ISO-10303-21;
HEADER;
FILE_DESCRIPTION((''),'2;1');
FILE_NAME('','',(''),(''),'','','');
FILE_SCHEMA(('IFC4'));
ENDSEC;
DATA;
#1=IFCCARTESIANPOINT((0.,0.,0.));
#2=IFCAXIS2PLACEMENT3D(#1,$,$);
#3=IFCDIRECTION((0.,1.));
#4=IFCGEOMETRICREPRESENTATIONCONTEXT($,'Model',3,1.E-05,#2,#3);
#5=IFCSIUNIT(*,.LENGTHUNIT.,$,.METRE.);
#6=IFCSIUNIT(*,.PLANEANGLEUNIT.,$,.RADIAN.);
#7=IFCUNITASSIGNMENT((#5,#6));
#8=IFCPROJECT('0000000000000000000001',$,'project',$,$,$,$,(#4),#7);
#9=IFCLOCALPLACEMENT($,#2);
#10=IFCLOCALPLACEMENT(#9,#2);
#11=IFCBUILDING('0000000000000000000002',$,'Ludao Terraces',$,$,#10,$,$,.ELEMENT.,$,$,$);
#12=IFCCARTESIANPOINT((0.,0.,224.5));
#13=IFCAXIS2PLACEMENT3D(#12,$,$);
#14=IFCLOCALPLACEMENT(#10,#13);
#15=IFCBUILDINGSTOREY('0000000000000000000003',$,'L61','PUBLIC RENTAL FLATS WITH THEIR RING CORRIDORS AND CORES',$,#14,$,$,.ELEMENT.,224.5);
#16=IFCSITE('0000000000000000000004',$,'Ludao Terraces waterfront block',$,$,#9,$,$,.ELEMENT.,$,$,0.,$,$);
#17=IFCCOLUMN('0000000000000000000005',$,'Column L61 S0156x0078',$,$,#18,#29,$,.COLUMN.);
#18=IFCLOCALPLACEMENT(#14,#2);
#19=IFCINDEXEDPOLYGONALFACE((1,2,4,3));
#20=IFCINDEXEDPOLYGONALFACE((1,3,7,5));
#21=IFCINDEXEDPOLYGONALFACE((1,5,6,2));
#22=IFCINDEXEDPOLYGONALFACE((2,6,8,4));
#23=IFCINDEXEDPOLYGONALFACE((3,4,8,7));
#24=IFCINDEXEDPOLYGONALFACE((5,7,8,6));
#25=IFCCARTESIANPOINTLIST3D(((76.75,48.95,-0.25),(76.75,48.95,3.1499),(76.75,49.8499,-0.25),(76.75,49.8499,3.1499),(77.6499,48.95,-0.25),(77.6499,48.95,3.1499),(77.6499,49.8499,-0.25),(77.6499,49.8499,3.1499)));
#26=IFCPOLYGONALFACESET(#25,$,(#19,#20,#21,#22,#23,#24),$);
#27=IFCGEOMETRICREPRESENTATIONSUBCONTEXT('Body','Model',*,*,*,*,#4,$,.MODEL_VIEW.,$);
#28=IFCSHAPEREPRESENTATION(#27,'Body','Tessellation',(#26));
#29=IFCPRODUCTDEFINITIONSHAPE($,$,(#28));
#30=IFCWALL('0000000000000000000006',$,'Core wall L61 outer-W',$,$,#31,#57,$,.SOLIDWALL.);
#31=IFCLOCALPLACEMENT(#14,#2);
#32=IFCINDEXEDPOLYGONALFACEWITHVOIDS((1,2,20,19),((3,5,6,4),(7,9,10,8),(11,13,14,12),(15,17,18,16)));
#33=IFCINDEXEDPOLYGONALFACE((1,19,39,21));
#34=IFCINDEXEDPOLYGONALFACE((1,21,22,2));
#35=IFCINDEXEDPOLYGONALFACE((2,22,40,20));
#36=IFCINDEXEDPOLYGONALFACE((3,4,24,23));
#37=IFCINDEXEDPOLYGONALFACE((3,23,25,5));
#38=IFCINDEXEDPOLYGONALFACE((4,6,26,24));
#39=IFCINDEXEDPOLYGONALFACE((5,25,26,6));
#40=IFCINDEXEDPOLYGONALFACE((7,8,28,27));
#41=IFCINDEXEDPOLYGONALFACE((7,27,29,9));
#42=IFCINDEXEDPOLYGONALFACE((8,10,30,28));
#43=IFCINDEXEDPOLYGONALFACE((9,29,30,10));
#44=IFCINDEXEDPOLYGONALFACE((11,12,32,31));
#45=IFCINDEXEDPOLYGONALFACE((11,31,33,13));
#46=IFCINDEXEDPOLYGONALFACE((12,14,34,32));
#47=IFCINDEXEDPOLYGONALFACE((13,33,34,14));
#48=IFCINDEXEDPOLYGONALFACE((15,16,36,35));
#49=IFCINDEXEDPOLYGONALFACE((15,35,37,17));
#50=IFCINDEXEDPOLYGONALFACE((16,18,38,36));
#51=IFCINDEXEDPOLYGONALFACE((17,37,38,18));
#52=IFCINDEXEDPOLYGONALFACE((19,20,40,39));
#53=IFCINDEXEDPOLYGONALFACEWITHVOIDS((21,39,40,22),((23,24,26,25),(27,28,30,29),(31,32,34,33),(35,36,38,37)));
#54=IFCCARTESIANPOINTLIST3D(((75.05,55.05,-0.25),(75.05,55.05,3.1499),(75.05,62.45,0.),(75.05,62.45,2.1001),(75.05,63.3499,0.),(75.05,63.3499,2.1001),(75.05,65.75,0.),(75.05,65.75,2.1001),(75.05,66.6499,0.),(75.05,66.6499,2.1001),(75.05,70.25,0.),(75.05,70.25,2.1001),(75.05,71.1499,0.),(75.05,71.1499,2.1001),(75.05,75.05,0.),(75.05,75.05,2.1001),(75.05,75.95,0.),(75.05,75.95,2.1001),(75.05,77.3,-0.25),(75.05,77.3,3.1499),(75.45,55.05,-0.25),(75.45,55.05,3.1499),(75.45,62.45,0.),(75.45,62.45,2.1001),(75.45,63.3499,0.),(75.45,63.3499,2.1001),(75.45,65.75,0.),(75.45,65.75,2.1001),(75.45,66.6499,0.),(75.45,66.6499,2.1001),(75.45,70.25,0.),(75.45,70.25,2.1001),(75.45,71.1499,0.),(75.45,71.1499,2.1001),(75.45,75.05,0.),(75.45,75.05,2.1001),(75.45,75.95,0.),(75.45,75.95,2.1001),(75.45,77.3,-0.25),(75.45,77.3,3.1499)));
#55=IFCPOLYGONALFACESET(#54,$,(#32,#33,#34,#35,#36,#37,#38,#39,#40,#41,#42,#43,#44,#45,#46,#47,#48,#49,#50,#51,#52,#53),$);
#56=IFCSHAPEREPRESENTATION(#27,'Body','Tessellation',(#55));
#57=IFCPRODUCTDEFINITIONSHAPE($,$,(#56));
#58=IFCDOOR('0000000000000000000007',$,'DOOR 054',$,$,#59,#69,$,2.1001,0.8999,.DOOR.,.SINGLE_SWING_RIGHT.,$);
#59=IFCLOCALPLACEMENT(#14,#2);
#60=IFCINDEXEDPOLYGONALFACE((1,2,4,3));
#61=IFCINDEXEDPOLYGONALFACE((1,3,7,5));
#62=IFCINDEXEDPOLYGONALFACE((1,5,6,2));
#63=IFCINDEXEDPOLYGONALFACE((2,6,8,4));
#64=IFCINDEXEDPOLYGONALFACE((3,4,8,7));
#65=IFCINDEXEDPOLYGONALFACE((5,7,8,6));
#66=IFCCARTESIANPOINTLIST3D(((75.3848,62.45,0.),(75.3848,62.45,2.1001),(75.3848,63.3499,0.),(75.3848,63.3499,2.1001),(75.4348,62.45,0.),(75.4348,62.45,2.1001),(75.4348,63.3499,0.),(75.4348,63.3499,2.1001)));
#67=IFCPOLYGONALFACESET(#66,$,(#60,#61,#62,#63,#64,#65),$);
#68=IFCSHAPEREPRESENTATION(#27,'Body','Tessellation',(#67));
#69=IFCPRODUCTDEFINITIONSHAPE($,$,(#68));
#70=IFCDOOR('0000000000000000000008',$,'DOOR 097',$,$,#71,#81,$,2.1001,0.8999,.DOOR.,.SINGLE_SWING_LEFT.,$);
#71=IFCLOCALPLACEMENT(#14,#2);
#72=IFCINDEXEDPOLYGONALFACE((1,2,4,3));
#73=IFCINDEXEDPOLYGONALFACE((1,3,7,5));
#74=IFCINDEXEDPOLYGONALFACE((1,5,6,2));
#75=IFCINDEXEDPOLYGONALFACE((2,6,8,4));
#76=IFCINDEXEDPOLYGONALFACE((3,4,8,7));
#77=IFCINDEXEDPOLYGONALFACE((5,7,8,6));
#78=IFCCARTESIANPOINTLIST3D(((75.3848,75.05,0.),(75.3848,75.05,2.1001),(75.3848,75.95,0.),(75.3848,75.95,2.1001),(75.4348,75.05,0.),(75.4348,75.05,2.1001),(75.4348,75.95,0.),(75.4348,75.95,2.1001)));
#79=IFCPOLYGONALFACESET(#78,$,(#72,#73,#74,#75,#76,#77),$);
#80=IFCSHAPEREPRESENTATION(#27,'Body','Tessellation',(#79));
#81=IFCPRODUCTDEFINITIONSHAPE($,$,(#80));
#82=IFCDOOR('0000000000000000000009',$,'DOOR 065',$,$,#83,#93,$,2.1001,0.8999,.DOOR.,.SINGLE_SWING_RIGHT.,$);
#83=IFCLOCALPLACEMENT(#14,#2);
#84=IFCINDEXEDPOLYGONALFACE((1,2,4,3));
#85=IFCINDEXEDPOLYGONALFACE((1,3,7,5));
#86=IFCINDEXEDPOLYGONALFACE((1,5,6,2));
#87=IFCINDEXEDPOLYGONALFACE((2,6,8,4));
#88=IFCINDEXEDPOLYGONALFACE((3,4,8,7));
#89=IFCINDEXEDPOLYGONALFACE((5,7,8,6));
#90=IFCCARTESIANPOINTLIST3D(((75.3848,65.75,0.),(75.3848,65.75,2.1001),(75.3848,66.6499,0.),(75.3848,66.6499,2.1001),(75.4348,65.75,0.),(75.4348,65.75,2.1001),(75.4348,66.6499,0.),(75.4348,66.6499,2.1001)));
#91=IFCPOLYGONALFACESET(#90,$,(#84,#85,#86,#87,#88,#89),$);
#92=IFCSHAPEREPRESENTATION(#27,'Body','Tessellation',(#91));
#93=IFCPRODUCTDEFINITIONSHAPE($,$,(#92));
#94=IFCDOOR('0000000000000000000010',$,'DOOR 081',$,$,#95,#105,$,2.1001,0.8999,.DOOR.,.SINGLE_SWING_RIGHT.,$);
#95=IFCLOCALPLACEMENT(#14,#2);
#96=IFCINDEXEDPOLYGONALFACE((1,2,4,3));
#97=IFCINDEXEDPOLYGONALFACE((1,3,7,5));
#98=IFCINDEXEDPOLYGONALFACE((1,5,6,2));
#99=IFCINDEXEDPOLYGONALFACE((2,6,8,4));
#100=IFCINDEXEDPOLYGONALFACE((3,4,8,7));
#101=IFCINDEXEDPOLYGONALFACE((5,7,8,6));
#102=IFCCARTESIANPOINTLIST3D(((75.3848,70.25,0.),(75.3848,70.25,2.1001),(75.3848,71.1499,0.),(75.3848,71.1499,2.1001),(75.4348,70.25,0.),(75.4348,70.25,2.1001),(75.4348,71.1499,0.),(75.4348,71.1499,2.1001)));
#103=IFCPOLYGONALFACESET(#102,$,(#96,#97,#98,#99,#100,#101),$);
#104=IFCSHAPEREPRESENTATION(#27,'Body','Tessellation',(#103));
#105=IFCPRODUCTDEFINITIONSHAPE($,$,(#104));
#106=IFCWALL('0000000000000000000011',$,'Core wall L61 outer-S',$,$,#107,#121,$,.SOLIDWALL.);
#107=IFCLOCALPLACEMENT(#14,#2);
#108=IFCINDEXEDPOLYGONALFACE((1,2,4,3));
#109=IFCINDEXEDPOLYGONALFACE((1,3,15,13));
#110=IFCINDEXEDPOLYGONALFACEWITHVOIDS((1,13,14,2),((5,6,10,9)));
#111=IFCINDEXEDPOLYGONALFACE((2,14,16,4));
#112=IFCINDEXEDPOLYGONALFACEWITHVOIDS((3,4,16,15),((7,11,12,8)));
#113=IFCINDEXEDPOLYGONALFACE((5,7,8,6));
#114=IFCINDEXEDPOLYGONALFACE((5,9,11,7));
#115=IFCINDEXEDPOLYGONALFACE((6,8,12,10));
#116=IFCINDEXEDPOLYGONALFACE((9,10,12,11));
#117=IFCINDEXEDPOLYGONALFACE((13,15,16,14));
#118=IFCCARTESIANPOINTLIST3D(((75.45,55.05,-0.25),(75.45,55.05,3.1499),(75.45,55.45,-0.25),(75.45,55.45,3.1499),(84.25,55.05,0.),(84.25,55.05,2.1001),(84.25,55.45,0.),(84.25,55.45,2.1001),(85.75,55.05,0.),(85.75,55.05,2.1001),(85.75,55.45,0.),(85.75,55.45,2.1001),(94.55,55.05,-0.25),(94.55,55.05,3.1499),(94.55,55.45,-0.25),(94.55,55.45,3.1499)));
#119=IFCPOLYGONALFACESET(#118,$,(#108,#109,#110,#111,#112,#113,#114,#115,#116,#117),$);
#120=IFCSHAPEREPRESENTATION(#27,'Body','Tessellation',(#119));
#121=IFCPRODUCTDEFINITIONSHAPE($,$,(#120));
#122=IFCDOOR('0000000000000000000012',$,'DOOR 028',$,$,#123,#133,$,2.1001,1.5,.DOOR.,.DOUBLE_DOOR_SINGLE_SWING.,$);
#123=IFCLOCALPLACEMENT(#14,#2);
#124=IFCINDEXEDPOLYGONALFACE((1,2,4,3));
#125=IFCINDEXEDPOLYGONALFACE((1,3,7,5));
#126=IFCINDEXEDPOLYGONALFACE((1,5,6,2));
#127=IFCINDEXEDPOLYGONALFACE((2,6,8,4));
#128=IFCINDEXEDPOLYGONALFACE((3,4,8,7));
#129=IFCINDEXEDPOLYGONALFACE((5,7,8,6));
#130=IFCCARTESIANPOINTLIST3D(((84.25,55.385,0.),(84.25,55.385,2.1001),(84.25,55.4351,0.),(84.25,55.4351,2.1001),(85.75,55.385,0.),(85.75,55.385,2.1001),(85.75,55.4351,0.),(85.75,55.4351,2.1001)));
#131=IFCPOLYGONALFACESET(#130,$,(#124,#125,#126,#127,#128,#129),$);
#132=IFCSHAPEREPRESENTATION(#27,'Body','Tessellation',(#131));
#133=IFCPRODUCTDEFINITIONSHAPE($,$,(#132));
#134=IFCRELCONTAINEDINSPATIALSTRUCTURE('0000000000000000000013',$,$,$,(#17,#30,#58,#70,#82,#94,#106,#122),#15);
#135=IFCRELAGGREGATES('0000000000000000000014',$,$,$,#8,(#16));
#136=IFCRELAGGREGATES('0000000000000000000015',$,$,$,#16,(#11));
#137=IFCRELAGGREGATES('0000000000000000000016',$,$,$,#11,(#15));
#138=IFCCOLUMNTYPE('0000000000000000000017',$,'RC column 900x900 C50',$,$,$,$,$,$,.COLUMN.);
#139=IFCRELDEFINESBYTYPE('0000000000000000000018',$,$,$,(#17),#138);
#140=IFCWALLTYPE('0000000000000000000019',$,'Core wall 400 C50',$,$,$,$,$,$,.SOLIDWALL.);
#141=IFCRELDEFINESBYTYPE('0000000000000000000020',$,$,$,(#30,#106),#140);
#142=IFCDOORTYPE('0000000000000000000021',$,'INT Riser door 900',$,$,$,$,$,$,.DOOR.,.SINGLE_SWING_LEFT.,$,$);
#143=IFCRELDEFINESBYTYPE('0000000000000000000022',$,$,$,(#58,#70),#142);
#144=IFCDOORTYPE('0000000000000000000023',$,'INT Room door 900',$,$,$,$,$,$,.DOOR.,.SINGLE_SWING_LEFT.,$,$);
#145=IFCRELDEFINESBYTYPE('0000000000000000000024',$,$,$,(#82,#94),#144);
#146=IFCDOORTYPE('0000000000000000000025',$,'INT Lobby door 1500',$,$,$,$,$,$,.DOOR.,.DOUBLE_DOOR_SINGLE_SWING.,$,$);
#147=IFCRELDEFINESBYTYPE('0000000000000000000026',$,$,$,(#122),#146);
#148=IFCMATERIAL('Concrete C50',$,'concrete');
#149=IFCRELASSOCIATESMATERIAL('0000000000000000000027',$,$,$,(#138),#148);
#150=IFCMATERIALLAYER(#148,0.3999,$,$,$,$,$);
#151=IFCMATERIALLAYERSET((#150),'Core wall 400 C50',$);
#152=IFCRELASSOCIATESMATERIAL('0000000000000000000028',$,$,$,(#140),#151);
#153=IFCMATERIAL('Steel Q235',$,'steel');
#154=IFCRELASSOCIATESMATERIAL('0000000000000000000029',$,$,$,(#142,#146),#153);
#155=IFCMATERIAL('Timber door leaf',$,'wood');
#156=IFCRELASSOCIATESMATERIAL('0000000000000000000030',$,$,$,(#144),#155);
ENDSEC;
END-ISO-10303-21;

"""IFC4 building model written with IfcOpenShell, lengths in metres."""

from ifc_helpers import new_model, si_unit, direction, frame, frame_2d, origin, origin_2d, place, context, subcontext, project, spatial, rectangle, extrude, material, layer, layer_set, material_profile, profile_set, type_object, element, fill, save


model = new_model("IFC4")

# Units and contexts
model_context = context("Model", 3, precision=1e-05, world=origin(), true_north=direction((0.0, 1.0)))
body_context = subcontext(model_context, "Body", "Model", "MODEL_VIEW")
ifc_project = project(units=[si_unit("LENGTHUNIT", "METRE"), si_unit("PLANEANGLEUNIT", "RADIAN")], contexts=[model_context])

# Site, building, storey
site_placement = place(None, origin())
site = spatial("IfcSite", under=ifc_project, at=site_placement, Name="Ludao Terraces waterfront block", CompositionType="ELEMENT", RefElevation=0.0)
building_placement = place(site_placement, origin())
building = spatial("IfcBuilding", under=site, at=building_placement, Name="Ludao Terraces", CompositionType="ELEMENT")
storey_placement = place(building_placement, frame((0.0, 0.0, 224.5)))
storey = spatial("IfcBuildingStorey", under=building, at=storey_placement, Name="L61", Description="PUBLIC RENTAL FLATS WITH THEIR RING CORRIDORS AND CORES", CompositionType="ELEMENT", Elevation=224.5)

# Column
ifc_material_1 = material(Name="Concrete C50", Category="concrete")
ifc_material_profile = material_profile(ifc_material_1, rectangle(XDim=0.8999, YDim=0.8999, at=origin_2d()), Name="900 X 900")
ifc_profile_set = profile_set([ifc_material_profile], Name="Concrete C50")
column_type = type_object("IfcColumnType", Name="RC column 900x900 C50", PredefinedType="COLUMN", material=ifc_profile_set)
column_placement = place(storey_placement, frame((77.2, 49.3999, -0.25), z_axis=(0.0, 0.0, 1.0), x_axis=(1.0, 0.0, 0.0)))
element("IfcColumn", 1, at=column_placement, inside=storey, type_object=column_type, Name="Column L61 S0156x0078", PredefinedType="COLUMN", context=body_context, shape_type="SweptSolid", body=[
    extrude(rectangle(XDim=0.8999, YDim=0.8999, at=origin_2d()), origin(), (0.0, 0.0, 1.0), 3.3999),
])

# Wall, openings, doors
ifc_layer_1 = layer(ifc_material_1, 0.3999)
ifc_layer_set_1 = layer_set([ifc_layer_1], Name="Core wall 400 C50")
wall_type_1 = type_object("IfcWallType", Name="Core wall 400 C50", PredefinedType="SOLIDWALL", material=ifc_layer_set_1)
wall_1_placement = place(storey_placement, frame((75.25, 55.05, -0.25), z_axis=(0.0, 0.0, 1.0), x_axis=(0.0, 1.0, 0.0)))
wall_1 = element("IfcWall", 2, at=wall_1_placement, inside=storey, type_object=wall_type_1, Name="Core wall L61 outer-W", PredefinedType="SOLIDWALL", context=body_context, shape_type="SweptSolid", body=[
    extrude(rectangle(XDim=22.25, YDim=0.3999, at=frame_2d((11.125, 0.0))), origin(), (0.0, 0.0, 1.0), 3.3999),
])
opening_1_placement = place(wall_1_placement, frame((7.3999, 0.0, 0.25)))
opening_1 = element("IfcOpeningElement", 3, at=opening_1_placement, cuts=wall_1, PredefinedType="OPENING", context=body_context, shape_type="SweptSolid", body=[
    extrude(rectangle(XDim=0.8999, YDim=2.1001, at=frame_2d((0.45, 1.05))), frame((0.0, 0.21, 0.0), z_axis=(0.0, -1.0, 0.0), x_axis=(1.0, 0.0, 0.0)), (0.0, 0.0, 1.0), 0.4199),
])
opening_2_placement = place(wall_1_placement, frame((10.7, 0.0, 0.25)))
opening_2 = element("IfcOpeningElement", 4, at=opening_2_placement, cuts=wall_1, PredefinedType="OPENING", context=body_context, shape_type="SweptSolid", body=[
    extrude(rectangle(XDim=0.8999, YDim=2.1001, at=frame_2d((0.45, 1.05))), frame((0.0, 0.21, 0.0), z_axis=(0.0, -1.0, 0.0), x_axis=(1.0, 0.0, 0.0)), (0.0, 0.0, 1.0), 0.4199),
])
opening_3_placement = place(wall_1_placement, frame((15.2, 0.0, 0.25)))
opening_3 = element("IfcOpeningElement", 5, at=opening_3_placement, cuts=wall_1, PredefinedType="OPENING", context=body_context, shape_type="SweptSolid", body=[
    extrude(rectangle(XDim=0.8999, YDim=2.1001, at=frame_2d((0.45, 1.05))), frame((0.0, 0.21, 0.0), z_axis=(0.0, -1.0, 0.0), x_axis=(1.0, 0.0, 0.0)), (0.0, 0.0, 1.0), 0.4199),
])
opening_4_placement = place(wall_1_placement, frame((20.0, 0.0, 0.25)))
opening_4 = element("IfcOpeningElement", 6, at=opening_4_placement, cuts=wall_1, PredefinedType="OPENING", context=body_context, shape_type="SweptSolid", body=[
    extrude(rectangle(XDim=0.8999, YDim=2.1001, at=frame_2d((0.45, 1.05))), frame((0.0, 0.21, 0.0), z_axis=(0.0, -1.0, 0.0), x_axis=(1.0, 0.0, 0.0)), (0.0, 0.0, 1.0), 0.4199),
])
ifc_material_2 = material(Name="Steel Q235", Category="steel")
door_type_1 = type_object("IfcDoorType", Name="INT Riser door 900", OperationType="SINGLE_SWING_LEFT", PredefinedType="DOOR", material=ifc_material_2)
door_1_placement = place(opening_1_placement, origin())
door_1 = element("IfcDoor", 7, at=door_1_placement, inside=storey, type_object=door_type_1, Name="DOOR 054", OperationType="SINGLE_SWING_RIGHT", OverallHeight=2.1001, OverallWidth=0.8999, PredefinedType="DOOR", context=body_context, shape_type="SweptSolid", body=[
    extrude(rectangle(XDim=0.8999, YDim=2.1001, at=frame_2d((0.45, 1.05))), frame((0.0, -0.1348, 0.0), z_axis=(0.0, -1.0, 0.0), x_axis=(1.0, 0.0, 0.0)), (0.0, 0.0, 1.0), 0.05),
])
fill(opening_1, door_1)
door_2_placement = place(opening_4_placement, origin())
door_2 = element("IfcDoor", 8, at=door_2_placement, inside=storey, type_object=door_type_1, Name="DOOR 097", OperationType="SINGLE_SWING_LEFT", OverallHeight=2.1001, OverallWidth=0.8999, PredefinedType="DOOR", context=body_context, shape_type="SweptSolid", body=[
    extrude(rectangle(XDim=0.8999, YDim=2.1001, at=frame_2d((0.45, 1.05))), frame((0.0, -0.1348, 0.0), z_axis=(0.0, -1.0, 0.0), x_axis=(1.0, 0.0, 0.0)), (0.0, 0.0, 1.0), 0.05),
])
fill(opening_4, door_2)
ifc_material_3 = material(Name="Timber door leaf", Category="wood")
door_type_2 = type_object("IfcDoorType", Name="INT Room door 900", OperationType="SINGLE_SWING_LEFT", PredefinedType="DOOR", material=ifc_material_3)
door_3_placement = place(opening_2_placement, origin())
door_3 = element("IfcDoor", 9, at=door_3_placement, inside=storey, type_object=door_type_2, Name="DOOR 065", OperationType="SINGLE_SWING_RIGHT", OverallHeight=2.1001, OverallWidth=0.8999, PredefinedType="DOOR", context=body_context, shape_type="SweptSolid", body=[
    extrude(rectangle(XDim=0.8999, YDim=2.1001, at=frame_2d((0.45, 1.05))), frame((0.0, -0.1348, 0.0), z_axis=(0.0, -1.0, 0.0), x_axis=(1.0, 0.0, 0.0)), (0.0, 0.0, 1.0), 0.05),
])
fill(opening_2, door_3)
door_4_placement = place(opening_3_placement, origin())
door_4 = element("IfcDoor", 10, at=door_4_placement, inside=storey, type_object=door_type_2, Name="DOOR 081", OperationType="SINGLE_SWING_RIGHT", OverallHeight=2.1001, OverallWidth=0.8999, PredefinedType="DOOR", context=body_context, shape_type="SweptSolid", body=[
    extrude(rectangle(XDim=0.8999, YDim=2.1001, at=frame_2d((0.45, 1.05))), frame((0.0, -0.1348, 0.0), z_axis=(0.0, -1.0, 0.0), x_axis=(1.0, 0.0, 0.0)), (0.0, 0.0, 1.0), 0.05),
])
fill(opening_3, door_4)

# Wall, opening, door
wall_2_placement = place(storey_placement, frame((75.45, 55.25, -0.25), z_axis=(0.0, 0.0, 1.0), x_axis=(1.0, 0.0, 0.0)))
wall_2 = element("IfcWall", 11, at=wall_2_placement, inside=storey, type_object=wall_type_1, Name="Core wall L61 outer-S", PredefinedType="SOLIDWALL", context=body_context, shape_type="SweptSolid", body=[
    extrude(rectangle(XDim=19.1001, YDim=0.3999, at=frame_2d((9.55, 0.0))), origin(), (0.0, 0.0, 1.0), 3.3999),
])
opening_5_placement = place(wall_2_placement, frame((8.8, 0.0, 0.25)))
opening_5 = element("IfcOpeningElement", 12, at=opening_5_placement, cuts=wall_2, PredefinedType="OPENING", context=body_context, shape_type="SweptSolid", body=[
    extrude(rectangle(XDim=1.5, YDim=2.1001, at=frame_2d((0.75, 1.05))), frame((0.0, 0.21, 0.0), z_axis=(0.0, -1.0, 0.0), x_axis=(1.0, 0.0, 0.0)), (0.0, 0.0, 1.0), 0.4199),
])
door_type_3 = type_object("IfcDoorType", Name="INT Lobby door 1500", OperationType="DOUBLE_DOOR_SINGLE_SWING", PredefinedType="DOOR", material=ifc_material_2)
door_5_placement = place(opening_5_placement, origin())
door_5 = element("IfcDoor", 13, at=door_5_placement, inside=storey, type_object=door_type_3, Name="DOOR 028", OperationType="DOUBLE_DOOR_SINGLE_SWING", OverallHeight=2.1001, OverallWidth=1.5, PredefinedType="DOOR", context=body_context, shape_type="SweptSolid", body=[
    extrude(rectangle(XDim=1.5, YDim=2.1001, at=frame_2d((0.75, 1.05))), frame((0.0, 0.1851, 0.0), z_axis=(0.0, -1.0, 0.0), x_axis=(1.0, 0.0, 0.0)), (0.0, 0.0, 1.0), 0.05),
])
fill(opening_5, door_5)

save(model, "model.ifc")
